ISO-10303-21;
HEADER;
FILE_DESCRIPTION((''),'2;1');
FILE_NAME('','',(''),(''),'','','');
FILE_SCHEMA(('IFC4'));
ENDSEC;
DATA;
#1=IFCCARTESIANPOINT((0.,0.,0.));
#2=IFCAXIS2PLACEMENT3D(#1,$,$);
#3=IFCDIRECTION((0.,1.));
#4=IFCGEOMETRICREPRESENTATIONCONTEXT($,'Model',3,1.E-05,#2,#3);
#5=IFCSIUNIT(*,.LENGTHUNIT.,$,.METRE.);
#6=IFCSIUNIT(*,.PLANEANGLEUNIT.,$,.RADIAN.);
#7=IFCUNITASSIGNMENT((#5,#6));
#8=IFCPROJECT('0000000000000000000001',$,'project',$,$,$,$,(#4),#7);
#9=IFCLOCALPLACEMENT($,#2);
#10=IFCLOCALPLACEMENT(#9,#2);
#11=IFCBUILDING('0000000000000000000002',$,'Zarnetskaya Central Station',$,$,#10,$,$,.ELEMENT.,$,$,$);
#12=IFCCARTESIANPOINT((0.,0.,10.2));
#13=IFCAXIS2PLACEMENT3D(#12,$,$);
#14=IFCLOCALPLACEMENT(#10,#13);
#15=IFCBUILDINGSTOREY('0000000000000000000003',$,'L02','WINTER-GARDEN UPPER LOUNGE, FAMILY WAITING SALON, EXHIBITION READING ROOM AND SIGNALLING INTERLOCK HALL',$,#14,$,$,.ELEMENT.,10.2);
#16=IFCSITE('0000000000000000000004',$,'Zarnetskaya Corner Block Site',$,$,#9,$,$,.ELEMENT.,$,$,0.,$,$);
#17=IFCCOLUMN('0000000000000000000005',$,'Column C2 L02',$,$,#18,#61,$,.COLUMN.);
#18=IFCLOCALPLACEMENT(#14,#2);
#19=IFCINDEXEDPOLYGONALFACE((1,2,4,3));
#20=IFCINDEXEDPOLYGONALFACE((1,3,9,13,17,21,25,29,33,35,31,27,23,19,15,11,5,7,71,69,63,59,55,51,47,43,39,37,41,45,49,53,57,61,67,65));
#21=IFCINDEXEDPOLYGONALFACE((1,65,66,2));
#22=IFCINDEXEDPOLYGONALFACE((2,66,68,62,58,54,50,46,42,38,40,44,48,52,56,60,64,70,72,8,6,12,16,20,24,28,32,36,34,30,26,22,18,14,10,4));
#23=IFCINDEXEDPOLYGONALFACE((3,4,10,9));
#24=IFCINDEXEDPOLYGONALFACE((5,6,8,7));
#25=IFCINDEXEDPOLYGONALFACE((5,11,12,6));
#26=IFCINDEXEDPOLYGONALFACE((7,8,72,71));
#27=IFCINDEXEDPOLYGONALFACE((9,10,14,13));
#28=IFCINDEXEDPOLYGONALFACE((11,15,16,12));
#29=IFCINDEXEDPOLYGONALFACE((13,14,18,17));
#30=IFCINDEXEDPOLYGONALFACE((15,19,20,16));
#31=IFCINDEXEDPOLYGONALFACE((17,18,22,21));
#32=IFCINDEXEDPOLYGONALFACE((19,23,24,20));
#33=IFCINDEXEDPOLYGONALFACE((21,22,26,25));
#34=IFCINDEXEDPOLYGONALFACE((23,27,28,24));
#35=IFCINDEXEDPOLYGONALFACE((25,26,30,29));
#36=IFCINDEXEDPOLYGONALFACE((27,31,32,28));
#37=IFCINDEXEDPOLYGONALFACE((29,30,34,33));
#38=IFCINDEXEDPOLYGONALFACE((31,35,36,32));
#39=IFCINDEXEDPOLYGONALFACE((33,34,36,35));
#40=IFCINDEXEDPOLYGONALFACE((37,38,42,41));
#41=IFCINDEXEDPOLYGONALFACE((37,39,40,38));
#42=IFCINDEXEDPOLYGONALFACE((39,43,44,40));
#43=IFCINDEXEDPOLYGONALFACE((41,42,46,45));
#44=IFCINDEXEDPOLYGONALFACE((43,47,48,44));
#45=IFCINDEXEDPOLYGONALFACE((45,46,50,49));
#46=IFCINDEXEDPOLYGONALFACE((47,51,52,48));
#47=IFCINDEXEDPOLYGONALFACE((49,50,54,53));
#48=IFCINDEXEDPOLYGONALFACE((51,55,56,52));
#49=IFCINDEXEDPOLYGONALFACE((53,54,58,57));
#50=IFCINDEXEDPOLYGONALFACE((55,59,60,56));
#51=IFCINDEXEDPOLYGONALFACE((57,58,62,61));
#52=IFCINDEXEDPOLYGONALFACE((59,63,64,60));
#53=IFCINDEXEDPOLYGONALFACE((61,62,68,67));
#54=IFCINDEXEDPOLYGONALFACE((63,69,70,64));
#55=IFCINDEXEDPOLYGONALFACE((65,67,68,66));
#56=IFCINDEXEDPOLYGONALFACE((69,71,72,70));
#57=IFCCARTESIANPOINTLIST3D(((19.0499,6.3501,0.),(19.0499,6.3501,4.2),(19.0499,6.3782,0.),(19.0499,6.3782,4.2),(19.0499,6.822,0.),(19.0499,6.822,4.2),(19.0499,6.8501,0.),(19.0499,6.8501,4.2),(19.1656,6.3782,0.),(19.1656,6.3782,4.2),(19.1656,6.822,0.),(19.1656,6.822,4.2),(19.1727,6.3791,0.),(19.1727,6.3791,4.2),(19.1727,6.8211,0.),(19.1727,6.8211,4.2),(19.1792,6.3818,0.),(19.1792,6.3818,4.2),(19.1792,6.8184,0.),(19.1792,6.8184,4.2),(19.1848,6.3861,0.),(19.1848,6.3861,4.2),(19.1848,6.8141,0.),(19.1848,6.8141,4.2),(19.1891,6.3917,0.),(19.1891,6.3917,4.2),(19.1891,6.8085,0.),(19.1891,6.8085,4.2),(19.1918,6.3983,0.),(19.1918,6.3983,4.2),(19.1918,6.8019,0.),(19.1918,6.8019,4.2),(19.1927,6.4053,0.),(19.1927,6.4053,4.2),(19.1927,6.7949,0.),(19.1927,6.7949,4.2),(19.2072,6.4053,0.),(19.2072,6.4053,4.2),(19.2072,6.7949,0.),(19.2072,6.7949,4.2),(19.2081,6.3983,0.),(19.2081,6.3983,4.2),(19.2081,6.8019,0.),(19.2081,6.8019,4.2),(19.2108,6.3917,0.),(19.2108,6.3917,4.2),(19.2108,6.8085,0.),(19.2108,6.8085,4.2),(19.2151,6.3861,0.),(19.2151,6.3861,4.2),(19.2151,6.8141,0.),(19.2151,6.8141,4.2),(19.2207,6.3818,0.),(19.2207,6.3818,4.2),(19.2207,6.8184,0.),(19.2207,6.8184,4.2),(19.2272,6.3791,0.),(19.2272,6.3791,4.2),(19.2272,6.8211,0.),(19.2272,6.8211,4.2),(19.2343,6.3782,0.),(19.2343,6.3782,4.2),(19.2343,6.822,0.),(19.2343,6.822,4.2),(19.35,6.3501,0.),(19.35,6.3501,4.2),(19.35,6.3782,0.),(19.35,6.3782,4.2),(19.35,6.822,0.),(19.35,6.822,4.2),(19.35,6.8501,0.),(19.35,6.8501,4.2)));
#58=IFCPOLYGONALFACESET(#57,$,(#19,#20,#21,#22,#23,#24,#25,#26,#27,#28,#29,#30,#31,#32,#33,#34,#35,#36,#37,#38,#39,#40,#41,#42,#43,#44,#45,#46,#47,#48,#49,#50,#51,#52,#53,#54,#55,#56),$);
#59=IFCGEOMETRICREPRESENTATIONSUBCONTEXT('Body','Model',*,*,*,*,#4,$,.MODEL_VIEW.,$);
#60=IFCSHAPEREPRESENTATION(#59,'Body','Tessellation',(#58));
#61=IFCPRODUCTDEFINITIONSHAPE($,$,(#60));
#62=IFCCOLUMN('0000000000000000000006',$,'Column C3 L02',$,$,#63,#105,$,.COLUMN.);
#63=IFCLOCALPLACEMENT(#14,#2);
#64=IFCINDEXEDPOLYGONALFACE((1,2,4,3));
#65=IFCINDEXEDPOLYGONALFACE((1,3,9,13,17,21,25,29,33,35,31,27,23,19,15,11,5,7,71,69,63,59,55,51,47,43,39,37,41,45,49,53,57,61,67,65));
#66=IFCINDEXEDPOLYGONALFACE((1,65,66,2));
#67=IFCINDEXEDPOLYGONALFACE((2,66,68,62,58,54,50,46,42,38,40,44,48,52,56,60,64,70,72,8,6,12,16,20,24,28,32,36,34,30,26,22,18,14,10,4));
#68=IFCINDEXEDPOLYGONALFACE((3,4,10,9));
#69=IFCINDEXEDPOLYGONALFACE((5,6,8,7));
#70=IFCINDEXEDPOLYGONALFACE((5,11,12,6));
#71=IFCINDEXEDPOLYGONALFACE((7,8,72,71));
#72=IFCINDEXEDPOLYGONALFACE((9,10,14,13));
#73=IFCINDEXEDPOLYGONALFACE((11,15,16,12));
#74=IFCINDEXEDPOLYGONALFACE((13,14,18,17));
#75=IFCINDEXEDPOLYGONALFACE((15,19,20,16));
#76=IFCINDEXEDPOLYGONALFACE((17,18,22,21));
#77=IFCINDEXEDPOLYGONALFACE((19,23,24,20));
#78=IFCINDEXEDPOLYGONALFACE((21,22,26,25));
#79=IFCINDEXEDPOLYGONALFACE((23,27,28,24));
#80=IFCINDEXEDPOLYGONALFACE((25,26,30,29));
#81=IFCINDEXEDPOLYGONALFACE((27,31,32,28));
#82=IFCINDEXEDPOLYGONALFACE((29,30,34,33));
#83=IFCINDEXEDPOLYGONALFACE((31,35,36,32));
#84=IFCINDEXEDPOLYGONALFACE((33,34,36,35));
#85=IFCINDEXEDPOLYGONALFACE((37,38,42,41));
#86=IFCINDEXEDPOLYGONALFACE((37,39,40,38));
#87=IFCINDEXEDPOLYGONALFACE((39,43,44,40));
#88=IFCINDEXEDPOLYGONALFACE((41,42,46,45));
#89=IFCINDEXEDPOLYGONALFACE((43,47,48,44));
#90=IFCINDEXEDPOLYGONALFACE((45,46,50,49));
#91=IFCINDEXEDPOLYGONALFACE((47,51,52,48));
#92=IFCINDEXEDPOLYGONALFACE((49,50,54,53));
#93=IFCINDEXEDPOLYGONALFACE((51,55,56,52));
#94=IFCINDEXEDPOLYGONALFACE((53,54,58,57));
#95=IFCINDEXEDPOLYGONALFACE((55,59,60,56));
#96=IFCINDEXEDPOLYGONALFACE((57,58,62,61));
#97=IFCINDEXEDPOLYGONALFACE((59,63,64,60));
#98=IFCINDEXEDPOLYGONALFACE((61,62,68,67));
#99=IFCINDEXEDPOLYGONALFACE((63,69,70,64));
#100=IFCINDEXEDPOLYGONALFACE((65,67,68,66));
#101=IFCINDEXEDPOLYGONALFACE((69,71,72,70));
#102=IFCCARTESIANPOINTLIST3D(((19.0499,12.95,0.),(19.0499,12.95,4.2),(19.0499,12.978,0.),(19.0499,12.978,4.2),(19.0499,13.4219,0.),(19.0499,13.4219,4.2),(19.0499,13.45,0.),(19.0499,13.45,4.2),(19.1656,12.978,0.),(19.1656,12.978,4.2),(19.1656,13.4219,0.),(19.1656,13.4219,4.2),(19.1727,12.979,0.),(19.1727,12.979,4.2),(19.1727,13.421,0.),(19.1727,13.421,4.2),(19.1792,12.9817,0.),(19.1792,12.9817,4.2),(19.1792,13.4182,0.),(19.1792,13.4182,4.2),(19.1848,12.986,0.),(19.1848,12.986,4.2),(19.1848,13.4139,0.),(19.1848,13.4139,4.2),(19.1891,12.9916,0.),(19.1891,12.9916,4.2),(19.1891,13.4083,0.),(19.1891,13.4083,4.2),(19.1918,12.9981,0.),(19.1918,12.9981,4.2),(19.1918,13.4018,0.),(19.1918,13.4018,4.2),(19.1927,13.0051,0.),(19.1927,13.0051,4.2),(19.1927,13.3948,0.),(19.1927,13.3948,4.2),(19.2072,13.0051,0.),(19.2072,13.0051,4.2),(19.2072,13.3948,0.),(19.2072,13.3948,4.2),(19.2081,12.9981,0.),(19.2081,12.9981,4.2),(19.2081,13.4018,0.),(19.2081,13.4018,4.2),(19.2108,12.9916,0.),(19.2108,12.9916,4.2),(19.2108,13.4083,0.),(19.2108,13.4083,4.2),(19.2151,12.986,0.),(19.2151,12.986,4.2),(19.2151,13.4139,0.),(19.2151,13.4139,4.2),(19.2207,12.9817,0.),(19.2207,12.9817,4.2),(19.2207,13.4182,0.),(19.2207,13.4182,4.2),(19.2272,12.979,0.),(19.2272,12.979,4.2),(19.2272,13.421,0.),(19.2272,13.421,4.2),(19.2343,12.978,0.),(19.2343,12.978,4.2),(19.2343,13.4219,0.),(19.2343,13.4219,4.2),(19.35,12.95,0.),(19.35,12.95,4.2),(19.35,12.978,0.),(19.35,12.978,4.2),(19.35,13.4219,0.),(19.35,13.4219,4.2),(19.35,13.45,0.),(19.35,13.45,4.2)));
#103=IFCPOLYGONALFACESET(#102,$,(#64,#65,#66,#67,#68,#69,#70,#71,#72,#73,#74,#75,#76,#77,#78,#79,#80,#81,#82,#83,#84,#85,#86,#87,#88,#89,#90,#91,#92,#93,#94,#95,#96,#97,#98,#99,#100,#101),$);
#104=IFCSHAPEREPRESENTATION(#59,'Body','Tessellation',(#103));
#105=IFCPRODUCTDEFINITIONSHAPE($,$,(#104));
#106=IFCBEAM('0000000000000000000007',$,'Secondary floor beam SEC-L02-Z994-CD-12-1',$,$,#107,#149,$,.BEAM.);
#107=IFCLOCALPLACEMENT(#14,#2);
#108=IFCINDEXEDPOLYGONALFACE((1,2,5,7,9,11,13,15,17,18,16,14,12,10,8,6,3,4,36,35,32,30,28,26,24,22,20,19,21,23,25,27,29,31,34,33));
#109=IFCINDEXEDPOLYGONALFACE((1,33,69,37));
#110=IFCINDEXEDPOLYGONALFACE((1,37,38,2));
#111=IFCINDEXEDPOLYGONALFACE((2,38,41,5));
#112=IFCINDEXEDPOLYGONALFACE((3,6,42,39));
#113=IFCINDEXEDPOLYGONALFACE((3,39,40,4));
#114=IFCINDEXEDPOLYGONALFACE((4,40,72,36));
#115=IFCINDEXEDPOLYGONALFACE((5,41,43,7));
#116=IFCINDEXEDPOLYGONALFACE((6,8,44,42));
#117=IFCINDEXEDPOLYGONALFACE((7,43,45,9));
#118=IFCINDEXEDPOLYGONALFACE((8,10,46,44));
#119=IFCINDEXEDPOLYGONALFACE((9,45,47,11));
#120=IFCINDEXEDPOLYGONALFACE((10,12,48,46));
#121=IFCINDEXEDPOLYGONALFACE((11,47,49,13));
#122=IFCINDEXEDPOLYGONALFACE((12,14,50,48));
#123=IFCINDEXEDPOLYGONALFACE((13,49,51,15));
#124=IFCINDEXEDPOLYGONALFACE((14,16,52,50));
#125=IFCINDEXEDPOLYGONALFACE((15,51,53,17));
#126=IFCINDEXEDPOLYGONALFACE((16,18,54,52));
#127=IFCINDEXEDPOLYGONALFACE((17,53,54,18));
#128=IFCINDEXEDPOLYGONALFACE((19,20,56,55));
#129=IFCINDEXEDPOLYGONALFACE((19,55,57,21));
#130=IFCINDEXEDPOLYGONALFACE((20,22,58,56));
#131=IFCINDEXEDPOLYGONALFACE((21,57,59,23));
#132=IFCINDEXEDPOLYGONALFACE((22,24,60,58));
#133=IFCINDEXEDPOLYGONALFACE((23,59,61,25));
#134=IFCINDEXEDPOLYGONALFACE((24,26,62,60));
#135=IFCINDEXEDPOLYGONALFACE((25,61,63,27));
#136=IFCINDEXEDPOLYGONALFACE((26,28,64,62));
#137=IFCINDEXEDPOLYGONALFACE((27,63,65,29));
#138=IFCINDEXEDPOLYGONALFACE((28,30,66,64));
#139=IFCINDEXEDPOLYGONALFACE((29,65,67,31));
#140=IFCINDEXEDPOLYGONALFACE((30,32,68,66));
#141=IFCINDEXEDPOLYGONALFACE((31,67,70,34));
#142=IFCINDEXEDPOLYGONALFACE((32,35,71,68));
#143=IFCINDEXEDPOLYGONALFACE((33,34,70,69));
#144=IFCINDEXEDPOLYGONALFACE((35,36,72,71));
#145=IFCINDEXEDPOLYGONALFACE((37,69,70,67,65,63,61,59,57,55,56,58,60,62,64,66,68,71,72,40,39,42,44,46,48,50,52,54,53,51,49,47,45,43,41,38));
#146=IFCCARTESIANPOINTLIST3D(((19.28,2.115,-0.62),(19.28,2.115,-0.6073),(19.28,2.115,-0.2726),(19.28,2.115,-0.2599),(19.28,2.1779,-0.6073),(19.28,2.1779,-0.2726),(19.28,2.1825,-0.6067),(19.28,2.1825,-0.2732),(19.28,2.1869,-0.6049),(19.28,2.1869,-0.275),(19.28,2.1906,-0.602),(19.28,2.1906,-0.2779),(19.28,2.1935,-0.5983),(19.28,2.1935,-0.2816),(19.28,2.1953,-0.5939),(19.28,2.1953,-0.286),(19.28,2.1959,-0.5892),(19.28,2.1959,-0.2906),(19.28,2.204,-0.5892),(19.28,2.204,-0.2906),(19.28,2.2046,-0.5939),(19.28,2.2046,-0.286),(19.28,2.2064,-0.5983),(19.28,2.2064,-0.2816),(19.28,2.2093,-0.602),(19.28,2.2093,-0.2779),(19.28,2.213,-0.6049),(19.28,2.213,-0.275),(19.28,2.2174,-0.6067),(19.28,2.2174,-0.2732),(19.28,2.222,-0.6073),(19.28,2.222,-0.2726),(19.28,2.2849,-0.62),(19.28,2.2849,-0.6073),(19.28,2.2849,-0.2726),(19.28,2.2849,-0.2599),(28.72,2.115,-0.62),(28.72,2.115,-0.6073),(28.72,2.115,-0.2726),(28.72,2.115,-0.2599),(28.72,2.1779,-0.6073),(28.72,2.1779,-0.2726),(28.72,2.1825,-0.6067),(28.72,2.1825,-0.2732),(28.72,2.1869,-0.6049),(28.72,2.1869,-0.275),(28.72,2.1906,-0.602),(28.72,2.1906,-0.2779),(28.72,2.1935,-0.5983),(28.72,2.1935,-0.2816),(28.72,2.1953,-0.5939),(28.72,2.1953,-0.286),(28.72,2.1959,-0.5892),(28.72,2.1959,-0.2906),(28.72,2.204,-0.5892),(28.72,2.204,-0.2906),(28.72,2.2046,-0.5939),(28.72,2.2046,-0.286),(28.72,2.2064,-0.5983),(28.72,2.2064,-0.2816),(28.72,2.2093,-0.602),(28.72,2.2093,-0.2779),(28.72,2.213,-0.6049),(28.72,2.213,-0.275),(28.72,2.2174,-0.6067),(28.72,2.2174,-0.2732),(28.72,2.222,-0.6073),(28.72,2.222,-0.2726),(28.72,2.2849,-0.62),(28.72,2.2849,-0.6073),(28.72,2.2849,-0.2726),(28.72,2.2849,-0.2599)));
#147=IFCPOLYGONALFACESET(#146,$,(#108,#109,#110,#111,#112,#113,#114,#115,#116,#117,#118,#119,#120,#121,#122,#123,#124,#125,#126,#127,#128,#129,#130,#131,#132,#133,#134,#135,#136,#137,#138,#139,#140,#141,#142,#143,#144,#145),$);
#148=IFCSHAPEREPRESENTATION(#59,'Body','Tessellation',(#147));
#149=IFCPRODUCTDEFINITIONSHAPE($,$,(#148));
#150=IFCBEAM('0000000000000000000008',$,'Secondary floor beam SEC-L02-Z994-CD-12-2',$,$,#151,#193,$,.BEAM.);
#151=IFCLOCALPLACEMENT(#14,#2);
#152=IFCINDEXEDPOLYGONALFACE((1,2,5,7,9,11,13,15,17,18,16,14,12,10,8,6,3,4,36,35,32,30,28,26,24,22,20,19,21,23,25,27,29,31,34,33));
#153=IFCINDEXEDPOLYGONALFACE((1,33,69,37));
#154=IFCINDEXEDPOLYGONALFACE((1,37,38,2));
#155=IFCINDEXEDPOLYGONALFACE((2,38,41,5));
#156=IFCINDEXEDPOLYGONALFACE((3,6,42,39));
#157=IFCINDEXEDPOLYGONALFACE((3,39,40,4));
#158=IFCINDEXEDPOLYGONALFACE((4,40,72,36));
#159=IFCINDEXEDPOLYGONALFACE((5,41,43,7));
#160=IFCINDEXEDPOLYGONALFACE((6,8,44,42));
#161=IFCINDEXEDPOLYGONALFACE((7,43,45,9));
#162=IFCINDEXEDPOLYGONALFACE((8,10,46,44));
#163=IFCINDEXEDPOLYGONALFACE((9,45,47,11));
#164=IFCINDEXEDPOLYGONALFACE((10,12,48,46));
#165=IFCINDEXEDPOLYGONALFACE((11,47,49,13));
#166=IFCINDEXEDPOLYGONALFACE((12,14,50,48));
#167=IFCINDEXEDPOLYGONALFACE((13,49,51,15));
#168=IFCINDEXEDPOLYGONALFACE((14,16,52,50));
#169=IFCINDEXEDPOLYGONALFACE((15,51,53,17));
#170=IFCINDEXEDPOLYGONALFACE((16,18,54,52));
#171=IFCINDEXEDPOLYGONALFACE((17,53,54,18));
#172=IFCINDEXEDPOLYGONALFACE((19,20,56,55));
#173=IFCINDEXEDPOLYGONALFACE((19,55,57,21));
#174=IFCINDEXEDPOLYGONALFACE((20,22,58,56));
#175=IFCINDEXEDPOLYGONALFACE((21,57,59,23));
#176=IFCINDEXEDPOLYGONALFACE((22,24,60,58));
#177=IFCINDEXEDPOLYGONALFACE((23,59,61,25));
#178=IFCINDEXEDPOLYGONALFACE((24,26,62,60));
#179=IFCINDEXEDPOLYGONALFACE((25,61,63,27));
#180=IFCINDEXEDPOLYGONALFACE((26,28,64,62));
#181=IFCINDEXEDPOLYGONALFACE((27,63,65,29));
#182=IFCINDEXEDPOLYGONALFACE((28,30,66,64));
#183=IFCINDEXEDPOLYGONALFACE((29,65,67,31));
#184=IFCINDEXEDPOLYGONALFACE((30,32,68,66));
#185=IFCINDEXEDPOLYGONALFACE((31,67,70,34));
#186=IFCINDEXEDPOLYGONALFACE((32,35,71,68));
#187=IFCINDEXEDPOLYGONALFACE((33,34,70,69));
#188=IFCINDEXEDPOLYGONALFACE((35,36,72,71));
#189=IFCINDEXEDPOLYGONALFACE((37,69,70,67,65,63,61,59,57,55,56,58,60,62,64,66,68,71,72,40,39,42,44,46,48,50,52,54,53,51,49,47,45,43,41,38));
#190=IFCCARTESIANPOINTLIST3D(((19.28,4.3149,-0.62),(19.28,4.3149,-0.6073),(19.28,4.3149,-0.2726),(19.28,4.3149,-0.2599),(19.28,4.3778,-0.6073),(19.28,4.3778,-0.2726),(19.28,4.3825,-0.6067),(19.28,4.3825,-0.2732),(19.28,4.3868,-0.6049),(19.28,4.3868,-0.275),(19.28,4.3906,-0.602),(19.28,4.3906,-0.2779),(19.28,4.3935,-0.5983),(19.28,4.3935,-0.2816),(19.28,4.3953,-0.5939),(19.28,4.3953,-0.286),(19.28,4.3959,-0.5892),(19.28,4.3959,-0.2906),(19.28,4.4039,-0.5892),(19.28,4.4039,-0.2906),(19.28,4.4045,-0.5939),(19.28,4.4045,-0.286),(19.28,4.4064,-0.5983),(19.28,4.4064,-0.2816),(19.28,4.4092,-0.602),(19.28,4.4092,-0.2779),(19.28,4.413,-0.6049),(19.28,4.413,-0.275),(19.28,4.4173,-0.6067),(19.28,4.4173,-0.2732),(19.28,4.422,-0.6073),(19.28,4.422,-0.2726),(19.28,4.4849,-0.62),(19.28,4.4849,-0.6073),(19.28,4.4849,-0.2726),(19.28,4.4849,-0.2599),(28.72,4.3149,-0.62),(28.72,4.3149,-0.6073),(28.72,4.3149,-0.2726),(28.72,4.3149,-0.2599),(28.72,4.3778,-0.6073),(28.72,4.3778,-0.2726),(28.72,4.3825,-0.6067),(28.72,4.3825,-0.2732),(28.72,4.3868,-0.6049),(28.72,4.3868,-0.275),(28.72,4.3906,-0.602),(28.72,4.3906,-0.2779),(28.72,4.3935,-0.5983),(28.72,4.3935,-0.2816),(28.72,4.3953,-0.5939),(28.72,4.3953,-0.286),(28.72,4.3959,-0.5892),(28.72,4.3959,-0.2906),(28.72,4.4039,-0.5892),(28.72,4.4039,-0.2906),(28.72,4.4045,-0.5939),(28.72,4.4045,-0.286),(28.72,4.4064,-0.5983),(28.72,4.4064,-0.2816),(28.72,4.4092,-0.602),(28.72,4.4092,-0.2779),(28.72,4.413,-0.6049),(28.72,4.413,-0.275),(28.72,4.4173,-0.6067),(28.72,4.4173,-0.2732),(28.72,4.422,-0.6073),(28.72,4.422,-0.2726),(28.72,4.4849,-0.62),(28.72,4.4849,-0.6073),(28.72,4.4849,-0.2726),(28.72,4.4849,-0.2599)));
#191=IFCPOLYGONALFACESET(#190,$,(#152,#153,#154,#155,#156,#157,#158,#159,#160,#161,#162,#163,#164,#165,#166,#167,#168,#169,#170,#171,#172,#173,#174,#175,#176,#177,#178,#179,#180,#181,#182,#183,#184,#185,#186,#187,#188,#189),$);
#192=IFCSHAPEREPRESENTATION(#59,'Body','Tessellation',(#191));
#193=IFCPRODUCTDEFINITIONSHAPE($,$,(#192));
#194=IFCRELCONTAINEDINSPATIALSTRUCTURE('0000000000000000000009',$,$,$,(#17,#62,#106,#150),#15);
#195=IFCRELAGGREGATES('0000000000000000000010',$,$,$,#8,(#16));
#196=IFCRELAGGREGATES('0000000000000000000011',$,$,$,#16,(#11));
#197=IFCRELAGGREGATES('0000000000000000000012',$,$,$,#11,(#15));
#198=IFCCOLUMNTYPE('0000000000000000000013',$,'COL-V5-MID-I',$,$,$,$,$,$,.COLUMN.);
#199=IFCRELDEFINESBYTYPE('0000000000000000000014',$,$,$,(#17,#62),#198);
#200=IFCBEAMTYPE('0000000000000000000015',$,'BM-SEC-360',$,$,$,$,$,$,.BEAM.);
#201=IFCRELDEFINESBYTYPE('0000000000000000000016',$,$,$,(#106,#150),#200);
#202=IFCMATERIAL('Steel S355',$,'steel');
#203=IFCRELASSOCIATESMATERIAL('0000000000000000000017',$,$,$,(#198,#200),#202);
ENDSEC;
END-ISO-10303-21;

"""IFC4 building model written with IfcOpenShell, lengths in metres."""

from ifc_helpers import new_model, si_unit, direction, frame, origin, origin_2d, place, context, subcontext, project, spatial, i_section, extrude, material, material_profile, profile_set, type_object, element, save


model = new_model("IFC4")

# Units and contexts
model_context = context("Model", 3, precision=1e-05, world=origin(), true_north=direction((0.0, 1.0)))
body_context = subcontext(model_context, "Body", "Model", "MODEL_VIEW")
ifc_project = project(units=[si_unit("LENGTHUNIT", "METRE"), si_unit("PLANEANGLEUNIT", "RADIAN")], contexts=[model_context])

# Site, building, storey
site_placement = place(None, origin())
site = spatial("IfcSite", under=ifc_project, at=site_placement, Name="Zarnetskaya Corner Block Site", CompositionType="ELEMENT", RefElevation=0.0)
building_placement = place(site_placement, origin())
building = spatial("IfcBuilding", under=site, at=building_placement, Name="Zarnetskaya Central Station", CompositionType="ELEMENT")
storey_placement = place(building_placement, frame((0.0, 0.0, 10.2)))
storey = spatial("IfcBuildingStorey", under=building, at=storey_placement, Name="L02", Description="WINTER-GARDEN UPPER LOUNGE, FAMILY WAITING SALON, EXHIBITION READING ROOM AND SIGNALLING INTERLOCK HALL", CompositionType="ELEMENT", Elevation=10.2)

# Columns
ifc_material_1 = material(Name="Steel S355", Category="steel")
ifc_material_profile_1 = material_profile(ifc_material_1, i_section(OverallWidth=0.3, OverallDepth=0.5, WebThickness=0.0144, FlangeThickness=0.0281, FilletRadius=0.0271, at=origin_2d()), Name="HEB 500")
ifc_profile_set_1 = profile_set([ifc_material_profile_1], Name="Steel S355")
column_type = type_object("IfcColumnType", Name="COL-V5-MID-I", PredefinedType="COLUMN", material=ifc_profile_set_1)
for number, where, z_axis, x_axis, name in (
    (1, (19.2, 6.6001, 0.0), (0.0, 0.0, 1.0), (1.0, 0.0, 0.0), "Column C2 L02"),
    (2, (19.2, 13.2, 0.0), (0.0, 0.0, 1.0), (1.0, 0.0, 0.0), "Column C3 L02"),
):
    element("IfcColumn", number, at=place(storey_placement, frame(where, z_axis=z_axis, x_axis=x_axis)), inside=storey, type_object=column_type, Name=name, PredefinedType="COLUMN", context=body_context, shape_type="SweptSolid", body=[
        extrude(i_section(OverallWidth=0.3, OverallDepth=0.5, WebThickness=0.0144, FlangeThickness=0.0281, FilletRadius=0.0271, at=origin_2d()), origin(), (0.0, 0.0, 1.0), 4.2),
    ])

# Beams
ifc_material_profile_2 = material_profile(ifc_material_1, i_section(OverallWidth=0.1699, OverallDepth=0.3601, WebThickness=0.0081, FlangeThickness=0.0127, FilletRadius=0.0181, at=origin_2d()), Name="IPE 360")
ifc_profile_set_2 = profile_set([ifc_material_profile_2], Name="Steel S355")
beam_type_1 = type_object("IfcBeamType", Name="BM-SEC-360", PredefinedType="BEAM", material=ifc_profile_set_2)
for number, where, z_axis, x_axis, name in (
    (3, (19.28, 2.2, -0.4399), (1.0, 0.0, 0.0), (0.0, 1.0, 0.0), "Secondary floor beam SEC-L02-Z994-CD-12-1"),
    (4, (19.28, 4.3999, -0.4399), (1.0, 0.0, 0.0), (0.0, 1.0, 0.0), "Secondary floor beam SEC-L02-Z994-CD-12-2"),
):
    element("IfcBeam", number, at=place(storey_placement, frame(where, z_axis=z_axis, x_axis=x_axis)), inside=storey, type_object=beam_type_1, Name=name, PredefinedType="BEAM", context=body_context, shape_type="SweptSolid", body=[
        extrude(i_section(OverallWidth=0.1699, OverallDepth=0.3601, WebThickness=0.0081, FlangeThickness=0.0127, FilletRadius=0.0181, at=origin_2d()), origin(), (0.0, 0.0, 1.0), 9.4399),
    ])

save(model, "model.ifc")
